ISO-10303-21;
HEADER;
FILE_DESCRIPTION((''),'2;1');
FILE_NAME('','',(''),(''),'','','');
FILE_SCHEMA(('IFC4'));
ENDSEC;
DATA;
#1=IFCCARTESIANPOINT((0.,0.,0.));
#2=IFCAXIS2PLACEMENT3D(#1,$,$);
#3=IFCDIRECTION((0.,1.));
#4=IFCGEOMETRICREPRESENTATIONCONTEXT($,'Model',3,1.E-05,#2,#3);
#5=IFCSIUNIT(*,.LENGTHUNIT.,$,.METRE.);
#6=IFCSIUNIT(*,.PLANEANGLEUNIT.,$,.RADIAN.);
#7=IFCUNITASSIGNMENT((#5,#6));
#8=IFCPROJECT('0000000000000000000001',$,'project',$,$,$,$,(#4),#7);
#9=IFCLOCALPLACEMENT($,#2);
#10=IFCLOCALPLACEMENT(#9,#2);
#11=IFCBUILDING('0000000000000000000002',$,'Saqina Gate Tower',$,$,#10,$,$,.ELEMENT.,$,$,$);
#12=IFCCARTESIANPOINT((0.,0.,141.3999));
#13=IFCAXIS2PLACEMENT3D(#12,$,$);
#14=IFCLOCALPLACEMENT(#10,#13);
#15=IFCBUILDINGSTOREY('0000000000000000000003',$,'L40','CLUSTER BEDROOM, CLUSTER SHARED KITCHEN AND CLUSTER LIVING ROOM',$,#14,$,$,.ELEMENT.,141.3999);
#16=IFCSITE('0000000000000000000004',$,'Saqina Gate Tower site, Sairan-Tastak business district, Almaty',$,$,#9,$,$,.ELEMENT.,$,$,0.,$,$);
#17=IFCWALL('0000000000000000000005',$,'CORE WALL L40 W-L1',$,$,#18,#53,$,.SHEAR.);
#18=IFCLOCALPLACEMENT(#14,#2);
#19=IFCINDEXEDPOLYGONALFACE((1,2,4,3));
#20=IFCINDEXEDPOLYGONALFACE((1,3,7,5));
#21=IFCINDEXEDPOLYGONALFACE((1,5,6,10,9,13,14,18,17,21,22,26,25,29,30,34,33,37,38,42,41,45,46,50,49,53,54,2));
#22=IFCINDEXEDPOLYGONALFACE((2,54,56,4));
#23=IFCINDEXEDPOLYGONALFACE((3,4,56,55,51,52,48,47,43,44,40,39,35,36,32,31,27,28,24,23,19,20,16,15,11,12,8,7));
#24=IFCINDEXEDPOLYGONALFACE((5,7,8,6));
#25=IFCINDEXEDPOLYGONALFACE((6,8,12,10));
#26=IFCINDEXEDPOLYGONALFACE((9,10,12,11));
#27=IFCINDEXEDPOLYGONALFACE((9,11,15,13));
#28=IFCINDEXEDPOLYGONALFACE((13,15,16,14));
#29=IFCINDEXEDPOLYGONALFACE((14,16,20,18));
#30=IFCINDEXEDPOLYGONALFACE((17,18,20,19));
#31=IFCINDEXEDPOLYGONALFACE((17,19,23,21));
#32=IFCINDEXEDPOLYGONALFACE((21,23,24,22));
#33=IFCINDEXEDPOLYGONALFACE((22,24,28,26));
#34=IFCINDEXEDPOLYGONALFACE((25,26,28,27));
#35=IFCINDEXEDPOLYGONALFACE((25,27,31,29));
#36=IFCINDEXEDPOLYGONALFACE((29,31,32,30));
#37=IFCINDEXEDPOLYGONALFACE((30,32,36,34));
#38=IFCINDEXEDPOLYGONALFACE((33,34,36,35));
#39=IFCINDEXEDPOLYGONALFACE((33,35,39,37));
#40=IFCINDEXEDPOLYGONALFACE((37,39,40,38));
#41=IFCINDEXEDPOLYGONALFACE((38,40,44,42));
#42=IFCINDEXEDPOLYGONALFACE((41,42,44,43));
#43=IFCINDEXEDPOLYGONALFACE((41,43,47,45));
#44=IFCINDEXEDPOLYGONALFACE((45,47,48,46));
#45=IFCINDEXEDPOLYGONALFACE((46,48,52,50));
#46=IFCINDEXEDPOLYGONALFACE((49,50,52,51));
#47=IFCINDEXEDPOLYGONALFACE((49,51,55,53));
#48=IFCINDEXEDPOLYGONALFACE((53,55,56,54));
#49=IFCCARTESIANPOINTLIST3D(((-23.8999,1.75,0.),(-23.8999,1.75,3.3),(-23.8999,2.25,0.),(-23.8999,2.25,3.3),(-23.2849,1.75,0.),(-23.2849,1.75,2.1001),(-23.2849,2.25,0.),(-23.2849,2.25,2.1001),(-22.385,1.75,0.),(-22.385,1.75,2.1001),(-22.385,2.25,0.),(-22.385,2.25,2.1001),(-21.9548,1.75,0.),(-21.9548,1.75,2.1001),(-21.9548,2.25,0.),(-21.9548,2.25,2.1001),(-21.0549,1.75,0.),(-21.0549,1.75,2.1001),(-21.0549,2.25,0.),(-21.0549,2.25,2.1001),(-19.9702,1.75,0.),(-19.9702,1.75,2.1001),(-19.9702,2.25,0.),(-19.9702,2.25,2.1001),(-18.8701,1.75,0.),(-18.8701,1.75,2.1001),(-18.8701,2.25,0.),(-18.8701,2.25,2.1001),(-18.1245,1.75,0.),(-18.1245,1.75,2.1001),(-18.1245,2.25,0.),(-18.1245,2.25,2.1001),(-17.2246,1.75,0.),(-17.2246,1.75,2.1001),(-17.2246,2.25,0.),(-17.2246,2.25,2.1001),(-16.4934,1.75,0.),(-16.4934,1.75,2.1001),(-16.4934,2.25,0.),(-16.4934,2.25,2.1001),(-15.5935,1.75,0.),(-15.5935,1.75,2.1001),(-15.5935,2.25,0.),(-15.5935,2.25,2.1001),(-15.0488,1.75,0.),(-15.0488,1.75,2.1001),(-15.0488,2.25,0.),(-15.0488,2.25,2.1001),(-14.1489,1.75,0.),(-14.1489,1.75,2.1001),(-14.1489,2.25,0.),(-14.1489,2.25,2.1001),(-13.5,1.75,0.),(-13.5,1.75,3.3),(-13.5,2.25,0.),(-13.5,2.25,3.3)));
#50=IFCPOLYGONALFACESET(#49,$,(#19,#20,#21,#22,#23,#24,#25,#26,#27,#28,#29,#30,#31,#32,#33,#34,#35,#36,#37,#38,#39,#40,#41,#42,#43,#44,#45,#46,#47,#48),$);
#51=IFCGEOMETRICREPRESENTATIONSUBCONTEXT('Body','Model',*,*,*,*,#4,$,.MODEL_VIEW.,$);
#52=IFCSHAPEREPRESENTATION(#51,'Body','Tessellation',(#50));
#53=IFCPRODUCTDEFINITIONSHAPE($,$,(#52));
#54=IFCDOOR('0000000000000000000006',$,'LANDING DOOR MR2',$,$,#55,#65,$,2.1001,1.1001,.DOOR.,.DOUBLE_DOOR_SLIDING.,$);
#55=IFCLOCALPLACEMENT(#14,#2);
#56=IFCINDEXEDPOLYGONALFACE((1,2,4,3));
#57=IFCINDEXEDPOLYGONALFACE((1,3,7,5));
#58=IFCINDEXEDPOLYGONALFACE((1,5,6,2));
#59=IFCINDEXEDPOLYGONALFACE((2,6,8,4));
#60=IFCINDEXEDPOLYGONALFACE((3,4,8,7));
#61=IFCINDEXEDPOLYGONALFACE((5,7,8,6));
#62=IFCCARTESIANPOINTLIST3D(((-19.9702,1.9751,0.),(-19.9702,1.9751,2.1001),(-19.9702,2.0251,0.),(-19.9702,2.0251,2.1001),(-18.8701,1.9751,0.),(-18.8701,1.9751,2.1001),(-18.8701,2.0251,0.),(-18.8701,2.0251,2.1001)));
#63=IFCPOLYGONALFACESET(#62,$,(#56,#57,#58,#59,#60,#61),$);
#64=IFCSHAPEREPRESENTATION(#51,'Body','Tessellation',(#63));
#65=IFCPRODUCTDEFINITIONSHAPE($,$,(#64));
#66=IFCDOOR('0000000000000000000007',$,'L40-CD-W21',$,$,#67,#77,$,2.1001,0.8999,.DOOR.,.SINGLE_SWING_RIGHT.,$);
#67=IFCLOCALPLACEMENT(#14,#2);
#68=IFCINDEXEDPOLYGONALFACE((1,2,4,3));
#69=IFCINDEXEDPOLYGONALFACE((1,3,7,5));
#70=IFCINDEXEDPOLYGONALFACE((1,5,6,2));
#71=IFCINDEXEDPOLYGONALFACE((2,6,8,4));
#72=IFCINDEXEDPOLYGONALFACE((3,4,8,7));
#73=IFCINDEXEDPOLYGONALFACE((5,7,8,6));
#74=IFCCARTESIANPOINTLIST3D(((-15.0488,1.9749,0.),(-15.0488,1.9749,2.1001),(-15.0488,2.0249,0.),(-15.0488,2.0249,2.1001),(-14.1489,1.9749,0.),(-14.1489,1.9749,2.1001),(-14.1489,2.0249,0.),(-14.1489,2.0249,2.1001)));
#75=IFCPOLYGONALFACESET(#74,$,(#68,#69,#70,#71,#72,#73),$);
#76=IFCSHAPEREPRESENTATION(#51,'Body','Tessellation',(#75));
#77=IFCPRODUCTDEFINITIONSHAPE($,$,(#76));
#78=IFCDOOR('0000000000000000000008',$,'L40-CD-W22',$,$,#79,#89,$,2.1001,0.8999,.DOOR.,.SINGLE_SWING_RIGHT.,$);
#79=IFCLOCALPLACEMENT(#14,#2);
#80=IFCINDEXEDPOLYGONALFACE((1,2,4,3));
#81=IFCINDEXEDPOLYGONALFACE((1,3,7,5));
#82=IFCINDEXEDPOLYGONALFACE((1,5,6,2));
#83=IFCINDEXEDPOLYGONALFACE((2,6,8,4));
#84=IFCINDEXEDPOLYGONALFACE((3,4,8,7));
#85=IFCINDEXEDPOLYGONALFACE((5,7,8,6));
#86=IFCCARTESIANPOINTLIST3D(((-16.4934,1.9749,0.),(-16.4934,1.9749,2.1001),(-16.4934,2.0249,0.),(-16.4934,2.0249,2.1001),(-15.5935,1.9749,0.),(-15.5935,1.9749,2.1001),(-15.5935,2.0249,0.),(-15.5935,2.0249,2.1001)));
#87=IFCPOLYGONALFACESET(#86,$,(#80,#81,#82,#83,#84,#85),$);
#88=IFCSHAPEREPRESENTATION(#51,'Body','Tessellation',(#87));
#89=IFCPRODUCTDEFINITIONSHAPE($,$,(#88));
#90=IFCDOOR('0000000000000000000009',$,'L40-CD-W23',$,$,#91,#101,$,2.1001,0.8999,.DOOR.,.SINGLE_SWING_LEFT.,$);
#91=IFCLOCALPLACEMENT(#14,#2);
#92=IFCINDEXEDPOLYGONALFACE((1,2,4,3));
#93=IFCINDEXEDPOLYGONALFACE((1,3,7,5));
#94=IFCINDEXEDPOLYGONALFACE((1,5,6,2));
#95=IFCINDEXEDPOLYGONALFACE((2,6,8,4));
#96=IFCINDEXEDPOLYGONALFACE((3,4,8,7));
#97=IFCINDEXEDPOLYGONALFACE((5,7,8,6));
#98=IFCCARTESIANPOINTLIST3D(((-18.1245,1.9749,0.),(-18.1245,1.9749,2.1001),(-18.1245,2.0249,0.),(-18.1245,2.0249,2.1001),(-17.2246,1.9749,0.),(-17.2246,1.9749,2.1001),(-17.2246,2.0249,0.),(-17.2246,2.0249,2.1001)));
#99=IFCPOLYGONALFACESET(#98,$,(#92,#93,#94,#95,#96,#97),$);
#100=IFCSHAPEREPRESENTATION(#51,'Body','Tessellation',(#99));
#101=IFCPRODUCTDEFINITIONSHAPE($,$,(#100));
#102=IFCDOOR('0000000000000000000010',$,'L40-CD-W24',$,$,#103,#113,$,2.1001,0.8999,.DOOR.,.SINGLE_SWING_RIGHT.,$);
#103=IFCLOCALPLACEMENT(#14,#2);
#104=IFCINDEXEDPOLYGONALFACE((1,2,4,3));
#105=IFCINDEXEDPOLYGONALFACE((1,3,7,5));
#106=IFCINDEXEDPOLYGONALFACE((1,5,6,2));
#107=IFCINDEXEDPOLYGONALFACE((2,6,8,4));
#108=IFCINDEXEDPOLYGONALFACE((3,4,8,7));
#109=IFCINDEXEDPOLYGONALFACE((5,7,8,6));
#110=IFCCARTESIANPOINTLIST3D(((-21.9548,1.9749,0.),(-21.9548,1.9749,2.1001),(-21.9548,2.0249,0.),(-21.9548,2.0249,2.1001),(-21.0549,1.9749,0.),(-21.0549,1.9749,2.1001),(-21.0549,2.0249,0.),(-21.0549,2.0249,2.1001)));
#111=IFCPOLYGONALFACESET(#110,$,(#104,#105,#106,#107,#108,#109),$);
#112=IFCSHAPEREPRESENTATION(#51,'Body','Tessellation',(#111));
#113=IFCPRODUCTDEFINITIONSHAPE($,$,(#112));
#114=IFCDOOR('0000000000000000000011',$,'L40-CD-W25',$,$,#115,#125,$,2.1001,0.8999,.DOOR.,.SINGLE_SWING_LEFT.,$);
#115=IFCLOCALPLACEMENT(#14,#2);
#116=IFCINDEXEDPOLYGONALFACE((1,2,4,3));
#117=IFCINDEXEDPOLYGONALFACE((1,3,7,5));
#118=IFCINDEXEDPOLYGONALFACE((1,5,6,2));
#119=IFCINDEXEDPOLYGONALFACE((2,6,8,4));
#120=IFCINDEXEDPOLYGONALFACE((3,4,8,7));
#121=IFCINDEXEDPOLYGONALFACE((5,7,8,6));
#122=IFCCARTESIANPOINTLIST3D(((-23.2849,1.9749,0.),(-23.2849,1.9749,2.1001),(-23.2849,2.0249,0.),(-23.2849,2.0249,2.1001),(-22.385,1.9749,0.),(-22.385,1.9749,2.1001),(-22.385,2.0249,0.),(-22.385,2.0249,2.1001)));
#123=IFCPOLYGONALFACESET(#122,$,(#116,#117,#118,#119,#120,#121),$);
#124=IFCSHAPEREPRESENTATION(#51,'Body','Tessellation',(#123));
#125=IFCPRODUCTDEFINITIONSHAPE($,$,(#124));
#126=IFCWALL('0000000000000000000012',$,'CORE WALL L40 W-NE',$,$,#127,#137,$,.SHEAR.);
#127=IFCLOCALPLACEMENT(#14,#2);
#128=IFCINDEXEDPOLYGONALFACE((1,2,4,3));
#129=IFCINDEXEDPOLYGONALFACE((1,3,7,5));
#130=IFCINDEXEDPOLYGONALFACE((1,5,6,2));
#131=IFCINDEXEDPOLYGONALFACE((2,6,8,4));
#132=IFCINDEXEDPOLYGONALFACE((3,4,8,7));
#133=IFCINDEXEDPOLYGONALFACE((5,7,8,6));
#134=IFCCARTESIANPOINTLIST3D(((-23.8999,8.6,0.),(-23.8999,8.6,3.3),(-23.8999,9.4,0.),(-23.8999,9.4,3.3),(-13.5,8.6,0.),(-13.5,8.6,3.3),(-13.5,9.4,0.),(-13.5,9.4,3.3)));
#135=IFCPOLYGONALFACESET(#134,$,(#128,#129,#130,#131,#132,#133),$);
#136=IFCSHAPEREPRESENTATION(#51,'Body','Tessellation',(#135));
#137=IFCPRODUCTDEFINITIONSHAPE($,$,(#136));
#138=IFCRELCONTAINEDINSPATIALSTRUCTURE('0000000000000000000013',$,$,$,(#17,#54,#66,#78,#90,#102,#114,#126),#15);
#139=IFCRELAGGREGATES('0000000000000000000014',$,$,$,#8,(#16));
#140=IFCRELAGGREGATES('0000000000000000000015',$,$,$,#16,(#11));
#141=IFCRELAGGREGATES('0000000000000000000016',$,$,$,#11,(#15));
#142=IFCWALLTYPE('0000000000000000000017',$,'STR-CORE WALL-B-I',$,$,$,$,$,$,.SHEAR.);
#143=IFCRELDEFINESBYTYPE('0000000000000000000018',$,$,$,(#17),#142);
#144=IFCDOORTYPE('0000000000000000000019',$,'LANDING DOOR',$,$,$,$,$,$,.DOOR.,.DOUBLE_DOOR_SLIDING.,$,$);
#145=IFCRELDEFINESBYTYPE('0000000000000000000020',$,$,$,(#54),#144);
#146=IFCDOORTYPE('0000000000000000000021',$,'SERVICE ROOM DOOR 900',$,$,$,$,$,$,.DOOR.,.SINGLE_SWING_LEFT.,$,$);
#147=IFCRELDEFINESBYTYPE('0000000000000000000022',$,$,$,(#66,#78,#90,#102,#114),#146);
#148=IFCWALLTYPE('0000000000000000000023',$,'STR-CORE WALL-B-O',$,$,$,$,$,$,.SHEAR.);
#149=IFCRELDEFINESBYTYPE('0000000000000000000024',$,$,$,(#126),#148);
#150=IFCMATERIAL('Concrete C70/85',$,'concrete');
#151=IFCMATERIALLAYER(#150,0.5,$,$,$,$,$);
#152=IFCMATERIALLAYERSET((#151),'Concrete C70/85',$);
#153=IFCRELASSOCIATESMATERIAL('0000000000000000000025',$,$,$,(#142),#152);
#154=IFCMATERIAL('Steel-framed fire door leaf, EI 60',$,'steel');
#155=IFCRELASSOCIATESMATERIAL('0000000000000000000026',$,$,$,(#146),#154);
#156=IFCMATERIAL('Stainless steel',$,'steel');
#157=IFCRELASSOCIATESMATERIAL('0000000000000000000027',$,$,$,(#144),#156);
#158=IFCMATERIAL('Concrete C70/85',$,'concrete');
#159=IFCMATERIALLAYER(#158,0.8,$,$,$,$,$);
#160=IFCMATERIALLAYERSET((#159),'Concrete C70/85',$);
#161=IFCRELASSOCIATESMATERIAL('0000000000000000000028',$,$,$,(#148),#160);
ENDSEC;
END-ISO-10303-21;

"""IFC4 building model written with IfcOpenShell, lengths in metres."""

from ifc_helpers import new_model, si_unit, direction, frame, frame_2d, origin, place, context, subcontext, project, spatial, rectangle, extrude, material, layer, layer_set, type_object, element, fill, save


model = new_model("IFC4")

# Units and contexts
model_context = context("Model", 3, precision=1e-05, world=origin(), true_north=direction((0.0, 1.0)))
body_context = subcontext(model_context, "Body", "Model", "MODEL_VIEW")
ifc_project = project(units=[si_unit("LENGTHUNIT", "METRE"), si_unit("PLANEANGLEUNIT", "RADIAN")], contexts=[model_context])

# Site, building, storey
site_placement = place(None, origin())
site = spatial("IfcSite", under=ifc_project, at=site_placement, Name="Saqina Gate Tower site, Sairan-Tastak business district, Almaty", CompositionType="ELEMENT", RefElevation=0.0)
building_placement = place(site_placement, origin())
building = spatial("IfcBuilding", under=site, at=building_placement, Name="Saqina Gate Tower", CompositionType="ELEMENT")
storey_placement = place(building_placement, frame((0.0, 0.0, 141.3999)))
storey = spatial("IfcBuildingStorey", under=building, at=storey_placement, Name="L40", Description="CLUSTER BEDROOM, CLUSTER SHARED KITCHEN AND CLUSTER LIVING ROOM", CompositionType="ELEMENT", Elevation=141.3999)

# Shared definitions
ifc_material_1 = material(Name="Concrete C70/85", Category="concrete")
ifc_layer_1 = layer(ifc_material_1, 0.5)
ifc_layer_set_1 = layer_set([ifc_layer_1], Name="Concrete C70/85")
wall_type_1 = type_object("IfcWallType", Name="STR-CORE WALL-B-I", PredefinedType="SHEAR", material=ifc_layer_set_1)
ifc_material_2 = material(Name="Steel-framed fire door leaf, EI 60", Category="steel")
door_type_1 = type_object("IfcDoorType", Name="SERVICE ROOM DOOR 900", OperationType="SINGLE_SWING_LEFT", PredefinedType="DOOR", material=ifc_material_2)

# Wall, openings, doors
wall_1_placement = place(storey_placement, frame((-13.5, 2.0, 0.0), z_axis=(0.0, 0.0, 1.0), x_axis=(-1.0, 0.0, 0.0)))
wall_1 = element("IfcWall", 1, at=wall_1_placement, inside=storey, type_object=wall_type_1, Name="CORE WALL L40 W-L1", PredefinedType="SHEAR", context=body_context, shape_type="SweptSolid", body=[
    extrude(rectangle(XDim=10.3999, YDim=0.5, at=frame_2d((5.2, 0.0))), origin(), (0.0, 0.0, 1.0), 3.3),
])
opening_1_placement = place(wall_1_placement, frame((5.3701, 0.0, 0.0)))
opening_1 = element("IfcOpeningElement", 2, at=opening_1_placement, cuts=wall_1, PredefinedType="OPENING", context=body_context, shape_type="SweptSolid", body=[
    extrude(rectangle(XDim=1.1001, YDim=2.1001, at=frame_2d((0.55, 1.05))), frame((0.0, 0.262, 0.0), z_axis=(0.0, -1.0, 0.0), x_axis=(1.0, 0.0, 0.0)), (0.0, 0.0, 1.0), 0.5239),
])
opening_2_placement = place(wall_1_placement, frame((0.6489, 0.0, 0.0)))
opening_2 = element("IfcOpeningElement", 3, at=opening_2_placement, cuts=wall_1, PredefinedType="OPENING", context=body_context, shape_type="SweptSolid", body=[
    extrude(rectangle(XDim=0.8999, YDim=2.1001, at=frame_2d((0.45, 1.05))), frame((0.0, 0.262, 0.0), z_axis=(0.0, -1.0, 0.0), x_axis=(1.0, 0.0, 0.0)), (0.0, 0.0, 1.0), 0.5239),
])
opening_3_placement = place(wall_1_placement, frame((2.0935, 0.0, 0.0)))
opening_3 = element("IfcOpeningElement", 4, at=opening_3_placement, cuts=wall_1, PredefinedType="OPENING", context=body_context, shape_type="SweptSolid", body=[
    extrude(rectangle(XDim=0.8999, YDim=2.1001, at=frame_2d((0.45, 1.05))), frame((0.0, 0.262, 0.0), z_axis=(0.0, -1.0, 0.0), x_axis=(1.0, 0.0, 0.0)), (0.0, 0.0, 1.0), 0.5239),
])
opening_4_placement = place(wall_1_placement, frame((3.7246, 0.0, 0.0)))
opening_4 = element("IfcOpeningElement", 5, at=opening_4_placement, cuts=wall_1, PredefinedType="OPENING", context=body_context, shape_type="SweptSolid", body=[
    extrude(rectangle(XDim=0.8999, YDim=2.1001, at=frame_2d((0.45, 1.05))), frame((0.0, 0.262, 0.0), z_axis=(0.0, -1.0, 0.0), x_axis=(1.0, 0.0, 0.0)), (0.0, 0.0, 1.0), 0.5239),
])
opening_5_placement = place(wall_1_placement, frame((7.5549, 0.0, 0.0)))
opening_5 = element("IfcOpeningElement", 6, at=opening_5_placement, cuts=wall_1, PredefinedType="OPENING", context=body_context, shape_type="SweptSolid", body=[
    extrude(rectangle(XDim=0.8999, YDim=2.1001, at=frame_2d((0.45, 1.05))), frame((0.0, 0.262, 0.0), z_axis=(0.0, -1.0, 0.0), x_axis=(1.0, 0.0, 0.0)), (0.0, 0.0, 1.0), 0.5239),
])
opening_6_placement = place(wall_1_placement, frame((8.885, 0.0, 0.0)))
opening_6 = element("IfcOpeningElement", 7, at=opening_6_placement, cuts=wall_1, PredefinedType="OPENING", context=body_context, shape_type="SweptSolid", body=[
    extrude(rectangle(XDim=0.8999, YDim=2.1001, at=frame_2d((0.45, 1.05))), frame((0.0, 0.262, 0.0), z_axis=(0.0, -1.0, 0.0), x_axis=(1.0, 0.0, 0.0)), (0.0, 0.0, 1.0), 0.5239),
])
ifc_material_3 = material(Name="Stainless steel", Category="steel")
door_type_2 = type_object("IfcDoorType", Name="LANDING DOOR", OperationType="DOUBLE_DOOR_SLIDING", PredefinedType="DOOR", material=ifc_material_3)
door_1_placement = place(opening_1_placement, origin())
door_1 = element("IfcDoor", 8, at=door_1_placement, inside=storey, type_object=door_type_2, Name="LANDING DOOR MR2", OperationType="DOUBLE_DOOR_SLIDING", OverallHeight=2.1001, OverallWidth=1.1001, PredefinedType="DOOR", context=body_context, shape_type="SweptSolid", body=[
    extrude(rectangle(XDim=1.1001, YDim=2.1001, at=frame_2d((0.55, 1.05))), frame((0.0, 0.0249, 0.0), z_axis=(0.0, -1.0, 0.0), x_axis=(1.0, 0.0, 0.0)), (0.0, 0.0, 1.0), 0.05),
])
fill(opening_1, door_1)
door_2_placement = place(opening_2_placement, frame((0.8999, 0.0, 0.0), z_axis=(0.0, 0.0, 1.0), x_axis=(-1.0, 0.0, 0.0)))
door_2 = element("IfcDoor", 9, at=door_2_placement, inside=storey, type_object=door_type_1, Name="L40-CD-W21", OperationType="SINGLE_SWING_RIGHT", OverallHeight=2.1001, OverallWidth=0.8999, PredefinedType="DOOR", context=body_context, shape_type="SweptSolid", body=[
    extrude(rectangle(XDim=0.8999, YDim=2.1001, at=frame_2d((0.45, 1.05))), frame((0.0, 0.0249, 0.0), z_axis=(0.0, -1.0, 0.0), x_axis=(1.0, 0.0, 0.0)), (0.0, 0.0, 1.0), 0.05),
])
fill(opening_2, door_2)
door_3_placement = place(opening_3_placement, frame((0.8999, 0.0, 0.0), z_axis=(0.0, 0.0, 1.0), x_axis=(-1.0, 0.0, 0.0)))
door_3 = element("IfcDoor", 10, at=door_3_placement, inside=storey, type_object=door_type_1, Name="L40-CD-W22", OperationType="SINGLE_SWING_RIGHT", OverallHeight=2.1001, OverallWidth=0.8999, PredefinedType="DOOR", context=body_context, shape_type="SweptSolid", body=[
    extrude(rectangle(XDim=0.8999, YDim=2.1001, at=frame_2d((0.45, 1.05))), frame((0.0, 0.0249, 0.0), z_axis=(0.0, -1.0, 0.0), x_axis=(1.0, 0.0, 0.0)), (0.0, 0.0, 1.0), 0.05),
])
fill(opening_3, door_3)
door_4_placement = place(opening_4_placement, frame((0.8999, 0.0, 0.0), z_axis=(0.0, 0.0, 1.0), x_axis=(-1.0, 0.0, 0.0)))
door_4 = element("IfcDoor", 11, at=door_4_placement, inside=storey, type_object=door_type_1, Name="L40-CD-W23", OperationType="SINGLE_SWING_LEFT", OverallHeight=2.1001, OverallWidth=0.8999, PredefinedType="DOOR", context=body_context, shape_type="SweptSolid", body=[
    extrude(rectangle(XDim=0.8999, YDim=2.1001, at=frame_2d((0.45, 1.05))), frame((0.0, 0.0249, 0.0), z_axis=(0.0, -1.0, 0.0), x_axis=(1.0, 0.0, 0.0)), (0.0, 0.0, 1.0), 0.05),
])
fill(opening_4, door_4)
door_5_placement = place(opening_5_placement, frame((0.8999, 0.0, 0.0), z_axis=(0.0, 0.0, 1.0), x_axis=(-1.0, 0.0, 0.0)))
door_5 = element("IfcDoor", 12, at=door_5_placement, inside=storey, type_object=door_type_1, Name="L40-CD-W24", OperationType="SINGLE_SWING_RIGHT", OverallHeight=2.1001, OverallWidth=0.8999, PredefinedType="DOOR", context=body_context, shape_type="SweptSolid", body=[
    extrude(rectangle(XDim=0.8999, YDim=2.1001, at=frame_2d((0.45, 1.05))), frame((0.0, 0.0249, 0.0), z_axis=(0.0, -1.0, 0.0), x_axis=(1.0, 0.0, 0.0)), (0.0, 0.0, 1.0), 0.05),
])
fill(opening_5, door_5)
door_6_placement = place(opening_6_placement, frame((0.8999, 0.0, 0.0), z_axis=(0.0, 0.0, 1.0), x_axis=(-1.0, 0.0, 0.0)))
door_6 = element("IfcDoor", 13, at=door_6_placement, inside=storey, type_object=door_type_1, Name="L40-CD-W25", OperationType="SINGLE_SWING_LEFT", OverallHeight=2.1001, OverallWidth=0.8999, PredefinedType="DOOR", context=body_context, shape_type="SweptSolid", body=[
    extrude(rectangle(XDim=0.8999, YDim=2.1001, at=frame_2d((0.45, 1.05))), frame((0.0, 0.0249, 0.0), z_axis=(0.0, -1.0, 0.0), x_axis=(1.0, 0.0, 0.0)), (0.0, 0.0, 1.0), 0.05),
])
fill(opening_6, door_6)

# Wall
ifc_material_4 = material(Name="Concrete C70/85", Category="concrete")
ifc_layer_2 = layer(ifc_material_4, 0.8)
ifc_layer_set_2 = layer_set([ifc_layer_2], Name="Concrete C70/85")
wall_type_2 = type_object("IfcWallType", Name="STR-CORE WALL-B-O", PredefinedType="SHEAR", material=ifc_layer_set_2)
wall_2_placement = place(storey_placement, frame((-13.5, 9.0, 0.0), z_axis=(0.0, 0.0, 1.0), x_axis=(-1.0, 0.0, 0.0)))
element("IfcWall", 14, at=wall_2_placement, inside=storey, type_object=wall_type_2, Name="CORE WALL L40 W-NE", PredefinedType="SHEAR", context=body_context, shape_type="SweptSolid", body=[
    extrude(rectangle(XDim=10.3999, YDim=0.8, at=frame_2d((5.2, 0.0))), origin(), (0.0, 0.0, 1.0), 3.3),
])

save(model, "model.ifc")
